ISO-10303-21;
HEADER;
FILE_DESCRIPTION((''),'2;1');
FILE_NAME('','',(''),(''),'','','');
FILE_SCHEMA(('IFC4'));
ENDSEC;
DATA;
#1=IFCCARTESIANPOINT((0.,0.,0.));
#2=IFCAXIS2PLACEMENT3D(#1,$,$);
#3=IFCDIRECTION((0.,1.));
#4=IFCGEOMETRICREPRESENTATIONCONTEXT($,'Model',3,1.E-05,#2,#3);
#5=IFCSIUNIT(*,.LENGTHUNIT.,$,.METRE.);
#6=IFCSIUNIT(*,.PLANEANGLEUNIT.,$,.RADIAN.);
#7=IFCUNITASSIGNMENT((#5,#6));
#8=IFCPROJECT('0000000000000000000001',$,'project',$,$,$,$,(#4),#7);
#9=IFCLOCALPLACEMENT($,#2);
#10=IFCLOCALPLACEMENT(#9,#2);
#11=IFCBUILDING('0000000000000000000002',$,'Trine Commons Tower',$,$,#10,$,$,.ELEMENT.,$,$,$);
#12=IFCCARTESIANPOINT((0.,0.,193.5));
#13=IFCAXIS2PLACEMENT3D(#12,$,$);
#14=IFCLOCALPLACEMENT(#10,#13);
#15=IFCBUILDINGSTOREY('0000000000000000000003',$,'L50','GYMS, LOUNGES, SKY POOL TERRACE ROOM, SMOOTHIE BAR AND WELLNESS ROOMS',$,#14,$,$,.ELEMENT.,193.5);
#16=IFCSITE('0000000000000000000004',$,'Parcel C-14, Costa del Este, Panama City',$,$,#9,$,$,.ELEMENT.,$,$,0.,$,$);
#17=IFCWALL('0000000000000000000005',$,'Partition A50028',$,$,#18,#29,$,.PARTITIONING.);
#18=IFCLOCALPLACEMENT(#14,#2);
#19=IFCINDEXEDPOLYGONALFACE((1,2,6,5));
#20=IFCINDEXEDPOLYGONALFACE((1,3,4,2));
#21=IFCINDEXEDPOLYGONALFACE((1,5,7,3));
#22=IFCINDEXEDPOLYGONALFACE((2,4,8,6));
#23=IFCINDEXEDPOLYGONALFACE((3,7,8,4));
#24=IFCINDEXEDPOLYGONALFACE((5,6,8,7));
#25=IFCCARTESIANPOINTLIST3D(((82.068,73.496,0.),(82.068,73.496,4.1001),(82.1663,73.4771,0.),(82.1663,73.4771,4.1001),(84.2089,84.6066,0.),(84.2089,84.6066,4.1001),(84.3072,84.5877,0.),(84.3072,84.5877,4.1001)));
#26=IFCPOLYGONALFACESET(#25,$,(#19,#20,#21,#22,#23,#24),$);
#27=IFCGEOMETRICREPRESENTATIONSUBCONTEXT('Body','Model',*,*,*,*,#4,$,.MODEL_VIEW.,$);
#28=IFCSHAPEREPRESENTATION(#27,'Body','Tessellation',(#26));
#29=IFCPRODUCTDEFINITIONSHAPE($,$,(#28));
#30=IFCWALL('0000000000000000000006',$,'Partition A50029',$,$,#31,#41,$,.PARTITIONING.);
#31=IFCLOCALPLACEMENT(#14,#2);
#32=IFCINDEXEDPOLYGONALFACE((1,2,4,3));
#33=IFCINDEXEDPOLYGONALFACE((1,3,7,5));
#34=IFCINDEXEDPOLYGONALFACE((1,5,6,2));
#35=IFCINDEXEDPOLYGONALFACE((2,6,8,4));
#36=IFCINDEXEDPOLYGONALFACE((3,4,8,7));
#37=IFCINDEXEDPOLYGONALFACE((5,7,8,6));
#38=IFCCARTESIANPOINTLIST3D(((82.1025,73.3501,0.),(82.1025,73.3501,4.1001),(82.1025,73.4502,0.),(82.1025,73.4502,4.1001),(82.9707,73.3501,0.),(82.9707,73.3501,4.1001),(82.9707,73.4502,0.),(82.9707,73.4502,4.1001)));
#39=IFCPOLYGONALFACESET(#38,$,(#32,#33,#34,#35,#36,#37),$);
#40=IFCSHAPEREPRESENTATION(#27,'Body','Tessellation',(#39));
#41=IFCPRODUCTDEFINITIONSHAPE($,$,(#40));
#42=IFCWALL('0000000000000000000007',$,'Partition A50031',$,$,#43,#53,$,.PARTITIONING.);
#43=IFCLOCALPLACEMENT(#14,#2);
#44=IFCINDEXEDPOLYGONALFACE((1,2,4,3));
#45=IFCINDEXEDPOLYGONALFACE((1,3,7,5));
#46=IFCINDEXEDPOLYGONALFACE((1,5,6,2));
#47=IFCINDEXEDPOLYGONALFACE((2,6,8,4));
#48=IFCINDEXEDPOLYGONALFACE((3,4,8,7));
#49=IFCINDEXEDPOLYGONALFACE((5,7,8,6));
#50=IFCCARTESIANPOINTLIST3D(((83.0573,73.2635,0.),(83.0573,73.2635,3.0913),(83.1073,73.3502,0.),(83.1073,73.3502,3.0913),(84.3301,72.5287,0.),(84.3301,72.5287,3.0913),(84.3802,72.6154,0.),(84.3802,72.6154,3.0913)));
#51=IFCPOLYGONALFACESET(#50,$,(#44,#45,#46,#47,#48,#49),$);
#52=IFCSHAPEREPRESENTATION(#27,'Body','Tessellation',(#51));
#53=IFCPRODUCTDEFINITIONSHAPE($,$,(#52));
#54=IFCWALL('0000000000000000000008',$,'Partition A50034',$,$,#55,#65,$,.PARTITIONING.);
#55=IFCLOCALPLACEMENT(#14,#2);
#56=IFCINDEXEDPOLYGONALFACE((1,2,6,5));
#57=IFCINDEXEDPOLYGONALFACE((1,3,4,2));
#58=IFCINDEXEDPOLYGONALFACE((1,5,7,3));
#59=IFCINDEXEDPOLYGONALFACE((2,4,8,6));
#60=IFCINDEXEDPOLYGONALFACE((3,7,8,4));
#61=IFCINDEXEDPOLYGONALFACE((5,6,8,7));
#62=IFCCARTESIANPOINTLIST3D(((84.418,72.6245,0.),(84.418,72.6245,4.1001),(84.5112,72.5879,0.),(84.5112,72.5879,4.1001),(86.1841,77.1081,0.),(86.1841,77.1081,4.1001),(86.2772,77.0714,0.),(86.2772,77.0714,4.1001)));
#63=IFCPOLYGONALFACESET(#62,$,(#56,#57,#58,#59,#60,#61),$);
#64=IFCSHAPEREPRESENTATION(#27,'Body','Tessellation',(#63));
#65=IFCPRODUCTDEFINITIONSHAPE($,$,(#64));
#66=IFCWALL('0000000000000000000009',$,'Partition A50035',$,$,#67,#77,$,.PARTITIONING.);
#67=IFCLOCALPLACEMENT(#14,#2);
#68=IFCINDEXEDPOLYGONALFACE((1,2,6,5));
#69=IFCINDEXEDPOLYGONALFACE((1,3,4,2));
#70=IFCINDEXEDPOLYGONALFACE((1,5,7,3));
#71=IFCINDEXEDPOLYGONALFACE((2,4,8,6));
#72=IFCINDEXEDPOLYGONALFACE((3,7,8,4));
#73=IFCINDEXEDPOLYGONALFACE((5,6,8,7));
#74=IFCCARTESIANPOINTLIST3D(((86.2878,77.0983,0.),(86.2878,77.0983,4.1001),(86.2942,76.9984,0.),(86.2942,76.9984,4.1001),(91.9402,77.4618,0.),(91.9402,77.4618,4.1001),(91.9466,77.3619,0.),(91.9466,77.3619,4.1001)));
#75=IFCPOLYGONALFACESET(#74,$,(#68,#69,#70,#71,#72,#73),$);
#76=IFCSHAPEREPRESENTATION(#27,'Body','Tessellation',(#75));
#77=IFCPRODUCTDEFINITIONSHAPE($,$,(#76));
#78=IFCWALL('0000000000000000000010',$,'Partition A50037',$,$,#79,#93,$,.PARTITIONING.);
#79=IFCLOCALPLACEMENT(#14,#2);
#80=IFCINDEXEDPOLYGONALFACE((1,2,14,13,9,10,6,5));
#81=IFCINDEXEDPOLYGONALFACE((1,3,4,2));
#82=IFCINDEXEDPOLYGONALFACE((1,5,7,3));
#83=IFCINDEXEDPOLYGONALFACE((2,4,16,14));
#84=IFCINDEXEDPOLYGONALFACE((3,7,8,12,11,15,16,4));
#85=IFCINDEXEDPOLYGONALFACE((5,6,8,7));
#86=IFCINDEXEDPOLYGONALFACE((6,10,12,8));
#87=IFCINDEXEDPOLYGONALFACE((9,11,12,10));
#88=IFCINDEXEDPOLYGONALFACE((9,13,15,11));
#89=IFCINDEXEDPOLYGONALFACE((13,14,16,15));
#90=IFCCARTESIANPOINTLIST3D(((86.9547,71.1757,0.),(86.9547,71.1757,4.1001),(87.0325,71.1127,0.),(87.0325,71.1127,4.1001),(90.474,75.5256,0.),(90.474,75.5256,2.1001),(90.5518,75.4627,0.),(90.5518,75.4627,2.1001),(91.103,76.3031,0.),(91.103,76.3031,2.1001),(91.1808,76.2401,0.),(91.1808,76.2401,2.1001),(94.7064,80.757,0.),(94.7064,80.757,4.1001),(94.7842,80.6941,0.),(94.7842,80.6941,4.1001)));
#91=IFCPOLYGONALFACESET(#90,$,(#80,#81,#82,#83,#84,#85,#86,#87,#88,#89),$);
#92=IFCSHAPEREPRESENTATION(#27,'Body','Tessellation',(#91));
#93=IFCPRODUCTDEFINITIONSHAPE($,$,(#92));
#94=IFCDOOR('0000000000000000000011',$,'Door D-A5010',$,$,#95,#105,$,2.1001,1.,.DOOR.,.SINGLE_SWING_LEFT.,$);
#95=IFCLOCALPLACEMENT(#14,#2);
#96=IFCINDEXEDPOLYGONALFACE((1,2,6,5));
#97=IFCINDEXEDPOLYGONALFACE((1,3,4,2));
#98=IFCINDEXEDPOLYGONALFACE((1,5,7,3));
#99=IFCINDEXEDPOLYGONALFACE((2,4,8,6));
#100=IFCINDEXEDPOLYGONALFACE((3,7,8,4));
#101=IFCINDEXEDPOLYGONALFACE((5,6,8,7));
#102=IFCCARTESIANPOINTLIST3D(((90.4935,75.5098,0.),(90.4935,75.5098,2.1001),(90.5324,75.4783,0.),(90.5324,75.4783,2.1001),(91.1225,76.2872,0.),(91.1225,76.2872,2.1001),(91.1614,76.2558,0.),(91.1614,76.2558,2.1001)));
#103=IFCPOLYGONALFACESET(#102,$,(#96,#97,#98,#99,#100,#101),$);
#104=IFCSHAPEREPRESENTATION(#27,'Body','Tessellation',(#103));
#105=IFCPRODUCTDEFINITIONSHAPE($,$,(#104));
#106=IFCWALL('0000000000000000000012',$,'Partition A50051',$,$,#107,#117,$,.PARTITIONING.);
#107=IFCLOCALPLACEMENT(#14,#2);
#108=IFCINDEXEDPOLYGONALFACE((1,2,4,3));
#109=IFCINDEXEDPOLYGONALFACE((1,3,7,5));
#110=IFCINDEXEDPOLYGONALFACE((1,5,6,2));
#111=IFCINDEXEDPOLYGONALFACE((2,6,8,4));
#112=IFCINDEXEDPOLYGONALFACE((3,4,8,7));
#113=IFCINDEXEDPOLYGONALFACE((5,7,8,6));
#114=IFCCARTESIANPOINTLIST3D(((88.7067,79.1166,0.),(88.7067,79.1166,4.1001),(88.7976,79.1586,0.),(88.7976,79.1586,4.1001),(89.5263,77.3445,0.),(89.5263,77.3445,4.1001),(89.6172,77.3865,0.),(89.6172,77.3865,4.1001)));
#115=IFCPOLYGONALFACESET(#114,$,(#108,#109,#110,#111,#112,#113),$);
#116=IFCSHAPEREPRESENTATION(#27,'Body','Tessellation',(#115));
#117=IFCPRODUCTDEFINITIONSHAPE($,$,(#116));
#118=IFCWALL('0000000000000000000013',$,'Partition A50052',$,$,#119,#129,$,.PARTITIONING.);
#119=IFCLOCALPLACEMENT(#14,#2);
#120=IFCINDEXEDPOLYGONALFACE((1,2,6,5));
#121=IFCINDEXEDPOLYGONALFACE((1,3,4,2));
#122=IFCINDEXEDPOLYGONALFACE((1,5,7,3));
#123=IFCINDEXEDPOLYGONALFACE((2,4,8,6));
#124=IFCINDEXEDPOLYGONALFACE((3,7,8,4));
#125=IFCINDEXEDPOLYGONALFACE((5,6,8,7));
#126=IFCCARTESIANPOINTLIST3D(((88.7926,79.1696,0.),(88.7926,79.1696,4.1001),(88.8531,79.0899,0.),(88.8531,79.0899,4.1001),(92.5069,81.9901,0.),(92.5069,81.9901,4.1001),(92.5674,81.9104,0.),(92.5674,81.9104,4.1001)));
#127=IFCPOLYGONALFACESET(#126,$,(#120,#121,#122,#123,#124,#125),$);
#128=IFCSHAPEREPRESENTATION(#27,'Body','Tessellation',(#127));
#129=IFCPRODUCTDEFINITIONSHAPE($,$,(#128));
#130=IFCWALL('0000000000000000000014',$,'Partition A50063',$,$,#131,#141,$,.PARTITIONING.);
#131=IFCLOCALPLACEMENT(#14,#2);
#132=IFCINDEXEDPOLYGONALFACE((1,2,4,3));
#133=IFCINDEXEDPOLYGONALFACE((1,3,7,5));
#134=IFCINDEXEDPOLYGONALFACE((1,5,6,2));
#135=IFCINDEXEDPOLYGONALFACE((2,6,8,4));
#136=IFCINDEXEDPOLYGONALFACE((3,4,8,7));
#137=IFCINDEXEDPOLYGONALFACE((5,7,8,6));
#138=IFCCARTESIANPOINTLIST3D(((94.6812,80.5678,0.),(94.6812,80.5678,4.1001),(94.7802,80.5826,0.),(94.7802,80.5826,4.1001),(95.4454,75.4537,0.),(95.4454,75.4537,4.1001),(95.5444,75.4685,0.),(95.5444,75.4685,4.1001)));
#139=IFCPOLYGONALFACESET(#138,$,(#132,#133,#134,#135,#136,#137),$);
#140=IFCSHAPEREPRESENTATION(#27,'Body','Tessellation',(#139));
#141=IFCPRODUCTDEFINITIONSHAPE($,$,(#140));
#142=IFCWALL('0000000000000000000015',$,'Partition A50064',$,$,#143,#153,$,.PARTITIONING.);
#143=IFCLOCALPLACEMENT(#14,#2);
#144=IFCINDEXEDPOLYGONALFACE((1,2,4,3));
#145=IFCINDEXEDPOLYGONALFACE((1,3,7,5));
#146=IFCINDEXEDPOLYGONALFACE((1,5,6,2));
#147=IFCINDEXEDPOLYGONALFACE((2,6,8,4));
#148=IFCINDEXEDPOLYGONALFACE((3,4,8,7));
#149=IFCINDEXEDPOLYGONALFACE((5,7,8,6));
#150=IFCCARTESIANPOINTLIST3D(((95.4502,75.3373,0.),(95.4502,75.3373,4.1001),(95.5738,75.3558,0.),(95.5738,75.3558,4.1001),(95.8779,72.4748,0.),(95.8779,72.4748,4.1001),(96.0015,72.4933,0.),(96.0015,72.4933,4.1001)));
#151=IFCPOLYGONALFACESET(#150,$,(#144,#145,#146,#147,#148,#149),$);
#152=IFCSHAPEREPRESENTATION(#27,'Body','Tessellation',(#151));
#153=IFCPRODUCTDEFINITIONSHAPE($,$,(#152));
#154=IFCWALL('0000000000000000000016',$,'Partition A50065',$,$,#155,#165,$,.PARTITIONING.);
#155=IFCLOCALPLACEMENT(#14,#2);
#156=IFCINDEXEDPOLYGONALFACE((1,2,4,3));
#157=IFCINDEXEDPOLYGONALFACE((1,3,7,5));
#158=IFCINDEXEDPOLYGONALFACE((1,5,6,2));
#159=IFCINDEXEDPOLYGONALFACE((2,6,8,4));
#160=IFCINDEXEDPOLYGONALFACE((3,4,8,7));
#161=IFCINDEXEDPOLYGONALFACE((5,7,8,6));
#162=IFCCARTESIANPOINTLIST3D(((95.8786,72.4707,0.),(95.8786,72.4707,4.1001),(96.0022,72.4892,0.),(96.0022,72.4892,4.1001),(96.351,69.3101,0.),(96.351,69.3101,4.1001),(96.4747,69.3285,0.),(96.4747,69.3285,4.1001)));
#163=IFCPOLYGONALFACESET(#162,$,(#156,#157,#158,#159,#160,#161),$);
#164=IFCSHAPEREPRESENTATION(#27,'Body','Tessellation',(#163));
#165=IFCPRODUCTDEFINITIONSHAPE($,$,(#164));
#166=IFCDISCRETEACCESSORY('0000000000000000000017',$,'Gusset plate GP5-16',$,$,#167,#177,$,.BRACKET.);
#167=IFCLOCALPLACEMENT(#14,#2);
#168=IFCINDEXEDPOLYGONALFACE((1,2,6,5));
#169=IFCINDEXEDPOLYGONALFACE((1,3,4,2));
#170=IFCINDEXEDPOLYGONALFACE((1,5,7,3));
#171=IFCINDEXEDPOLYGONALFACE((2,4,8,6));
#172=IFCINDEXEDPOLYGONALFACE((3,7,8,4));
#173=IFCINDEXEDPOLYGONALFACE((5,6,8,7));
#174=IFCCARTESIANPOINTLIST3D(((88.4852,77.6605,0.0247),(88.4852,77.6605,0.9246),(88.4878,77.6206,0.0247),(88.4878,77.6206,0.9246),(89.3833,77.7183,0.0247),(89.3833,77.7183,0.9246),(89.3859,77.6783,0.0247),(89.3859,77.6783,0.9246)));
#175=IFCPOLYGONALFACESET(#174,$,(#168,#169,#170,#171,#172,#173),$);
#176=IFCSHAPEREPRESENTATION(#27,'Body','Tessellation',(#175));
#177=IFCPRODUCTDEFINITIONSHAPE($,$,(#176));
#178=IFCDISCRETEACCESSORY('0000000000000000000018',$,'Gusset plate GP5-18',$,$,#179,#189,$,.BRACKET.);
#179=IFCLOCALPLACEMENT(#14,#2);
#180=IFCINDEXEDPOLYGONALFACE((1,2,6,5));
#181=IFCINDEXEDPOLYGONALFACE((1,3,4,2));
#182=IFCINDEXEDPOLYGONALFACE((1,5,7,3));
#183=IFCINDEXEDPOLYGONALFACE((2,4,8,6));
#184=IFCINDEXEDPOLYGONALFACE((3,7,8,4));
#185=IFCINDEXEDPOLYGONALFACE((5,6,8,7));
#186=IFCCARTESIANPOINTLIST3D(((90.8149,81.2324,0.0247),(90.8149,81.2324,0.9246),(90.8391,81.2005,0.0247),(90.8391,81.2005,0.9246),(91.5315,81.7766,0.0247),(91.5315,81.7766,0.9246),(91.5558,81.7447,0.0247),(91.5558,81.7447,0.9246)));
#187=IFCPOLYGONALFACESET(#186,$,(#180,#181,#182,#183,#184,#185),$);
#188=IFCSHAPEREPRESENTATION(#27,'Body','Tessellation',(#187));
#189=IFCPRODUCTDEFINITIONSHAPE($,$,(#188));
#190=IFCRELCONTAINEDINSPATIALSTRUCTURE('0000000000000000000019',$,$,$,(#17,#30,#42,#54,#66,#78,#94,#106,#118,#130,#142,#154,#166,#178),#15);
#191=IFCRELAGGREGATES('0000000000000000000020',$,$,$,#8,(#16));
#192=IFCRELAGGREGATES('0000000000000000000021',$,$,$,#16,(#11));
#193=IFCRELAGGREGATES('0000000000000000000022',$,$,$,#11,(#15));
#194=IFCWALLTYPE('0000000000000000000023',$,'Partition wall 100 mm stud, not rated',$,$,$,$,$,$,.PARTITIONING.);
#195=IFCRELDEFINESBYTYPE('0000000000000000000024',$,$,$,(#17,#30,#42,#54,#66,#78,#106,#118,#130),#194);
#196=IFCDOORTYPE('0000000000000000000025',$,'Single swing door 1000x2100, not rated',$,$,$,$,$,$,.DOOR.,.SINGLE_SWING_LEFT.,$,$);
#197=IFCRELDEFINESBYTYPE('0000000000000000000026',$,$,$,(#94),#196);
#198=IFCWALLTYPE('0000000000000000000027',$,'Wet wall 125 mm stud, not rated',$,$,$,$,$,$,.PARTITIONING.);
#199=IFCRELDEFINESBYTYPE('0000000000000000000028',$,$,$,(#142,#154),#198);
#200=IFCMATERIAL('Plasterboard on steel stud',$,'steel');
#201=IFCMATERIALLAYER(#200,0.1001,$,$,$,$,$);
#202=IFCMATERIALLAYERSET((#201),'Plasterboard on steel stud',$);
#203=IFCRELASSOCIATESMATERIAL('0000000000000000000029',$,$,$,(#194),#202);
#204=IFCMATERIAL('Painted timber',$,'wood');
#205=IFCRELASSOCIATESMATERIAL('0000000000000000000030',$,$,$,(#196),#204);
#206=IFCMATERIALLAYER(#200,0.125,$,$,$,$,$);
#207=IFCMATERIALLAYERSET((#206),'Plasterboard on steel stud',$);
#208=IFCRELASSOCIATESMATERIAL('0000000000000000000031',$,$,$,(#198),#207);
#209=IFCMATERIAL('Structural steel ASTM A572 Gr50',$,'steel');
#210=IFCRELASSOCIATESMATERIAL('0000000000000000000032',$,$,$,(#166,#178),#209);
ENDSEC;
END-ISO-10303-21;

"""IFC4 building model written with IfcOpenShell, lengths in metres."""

from ifc_helpers import new_model, si_unit, direction, frame, frame_2d, origin, origin_2d, place, context, subcontext, project, spatial, rectangle, extrude, material, layer, layer_set, type_object, element, fill, save


model = new_model("IFC4")

# Units and contexts
model_context = context("Model", 3, precision=1e-05, world=origin(), true_north=direction((0.0, 1.0)))
body_context = subcontext(model_context, "Body", "Model", "MODEL_VIEW")
ifc_project = project(units=[si_unit("LENGTHUNIT", "METRE"), si_unit("PLANEANGLEUNIT", "RADIAN")], contexts=[model_context])

# Site, building, storey
site_placement = place(None, origin())
site = spatial("IfcSite", under=ifc_project, at=site_placement, Name="Parcel C-14, Costa del Este, Panama City", CompositionType="ELEMENT", RefElevation=0.0)
building_placement = place(site_placement, origin())
building = spatial("IfcBuilding", under=site, at=building_placement, Name="Trine Commons Tower", CompositionType="ELEMENT")
storey_placement = place(building_placement, frame((0.0, 0.0, 193.5)))
storey = spatial("IfcBuildingStorey", under=building, at=storey_placement, Name="L50", Description="GYMS, LOUNGES, SKY POOL TERRACE ROOM, SMOOTHIE BAR AND WELLNESS ROOMS", CompositionType="ELEMENT", Elevation=193.5)

# Walls
ifc_material_1 = material(Name="Plasterboard on steel stud", Category="steel")
ifc_layer_1 = layer(ifc_material_1, 0.1001)
ifc_layer_set_1 = layer_set([ifc_layer_1], Name="Plasterboard on steel stud")
wall_type_1 = type_object("IfcWallType", Name="Partition wall 100 mm stud, not rated", PredefinedType="PARTITIONING", material=ifc_layer_set_1)
wall_1_placement = place(storey_placement, frame((82.1172, 73.4866, 0.0), z_axis=(0.0, 0.0, 1.0), x_axis=(0.189207, 0.981937, 0.0)))
element("IfcWall", 1, at=wall_1_placement, inside=storey, type_object=wall_type_1, Name="Partition A50028", PredefinedType="PARTITIONING", context=body_context, shape_type="SweptSolid", body=[
    extrude(rectangle(XDim=11.3149, YDim=0.1001, at=frame_2d((5.6575, 0.0))), origin(), (0.0, 0.0, 1.0), 4.1001),
])
wall_2_placement = place(storey_placement, frame((82.1025, 73.4001, 0.0), z_axis=(0.0, 0.0, 1.0), x_axis=(1.0, 0.0, 0.0)))
element("IfcWall", 2, at=wall_2_placement, inside=storey, type_object=wall_type_1, Name="Partition A50029", PredefinedType="PARTITIONING", context=body_context, shape_type="SweptSolid", body=[
    extrude(rectangle(XDim=0.8682, YDim=0.1001, at=frame_2d((0.4341, 0.0))), origin(), (0.0, 0.0, 1.0), 4.1001),
])
wall_3_placement = place(storey_placement, frame((83.0823, 73.3069, 0.0), z_axis=(0.0, 0.0, 1.0), x_axis=(0.866047, -0.499962, 0.0)))
element("IfcWall", 3, at=wall_3_placement, inside=storey, type_object=wall_type_1, Name="Partition A50031", PredefinedType="PARTITIONING", context=body_context, shape_type="SweptSolid", body=[
    extrude(rectangle(XDim=1.4697, YDim=0.1001, at=frame_2d((0.7349, 0.0))), origin(), (0.0, 0.0, 1.0), 3.0913),
])
wall_4_placement = place(storey_placement, frame((84.4646, 72.6062, 0.0), z_axis=(0.0, 0.0, 1.0), x_axis=(0.366494, 0.93042, 0.0)))
element("IfcWall", 4, at=wall_4_placement, inside=storey, type_object=wall_type_1, Name="Partition A50034", PredefinedType="PARTITIONING", context=body_context, shape_type="SweptSolid", body=[
    extrude(rectangle(XDim=4.8188, YDim=0.1001, at=frame_2d((2.4094, 0.0))), origin(), (0.0, 0.0, 1.0), 4.1001),
])
wall_5_placement = place(storey_placement, frame((86.291, 77.0483, 0.0), z_axis=(0.0, 0.0, 1.0), x_axis=(0.997938, 0.064181, 0.0)))
element("IfcWall", 5, at=wall_5_placement, inside=storey, type_object=wall_type_1, Name="Partition A50035", PredefinedType="PARTITIONING", context=body_context, shape_type="SweptSolid", body=[
    extrude(rectangle(XDim=5.6641, YDim=0.1001, at=frame_2d((2.832, 0.0))), origin(), (0.0, 0.0, 1.0), 4.1001),
])

# Wall, opening, door
wall_6_placement = place(storey_placement, frame((86.9937, 71.1443, 0.0), z_axis=(0.0, 0.0, 1.0), x_axis=(0.628974, 0.777427, 0.0)))
wall_6 = element("IfcWall", 6, at=wall_6_placement, inside=storey, type_object=wall_type_1, Name="Partition A50037", PredefinedType="PARTITIONING", context=body_context, shape_type="SweptSolid", body=[
    extrude(rectangle(XDim=12.3245, YDim=0.1001, at=frame_2d((6.1621, 0.0))), origin(), (0.0, 0.0, 1.0), 4.1001),
])
opening_placement = place(wall_6_placement, frame((5.5952, 0.0, 0.0)))
opening = element("IfcOpeningElement", 7, at=opening_placement, cuts=wall_6, PredefinedType="OPENING", context=body_context, shape_type="SweptSolid", body=[
    extrude(rectangle(XDim=1.0, YDim=2.1001, at=frame_2d((0.5, 1.05))), frame((0.0, 0.0601, 0.0), z_axis=(0.0, -1.0, 0.0), x_axis=(1.0, 0.0, 0.0)), (0.0, 0.0, 1.0), 0.1201),
])
ifc_material_2 = material(Name="Painted timber", Category="wood")
door_type = type_object("IfcDoorType", Name="Single swing door 1000x2100, not rated", OperationType="SINGLE_SWING_LEFT", PredefinedType="DOOR", material=ifc_material_2)
door_placement = place(opening_placement, origin())
door = element("IfcDoor", 8, at=door_placement, inside=storey, type_object=door_type, Name="Door D-A5010", OperationType="SINGLE_SWING_LEFT", OverallHeight=2.1001, OverallWidth=1.0, PredefinedType="DOOR", context=body_context, shape_type="SweptSolid", body=[
    extrude(rectangle(XDim=1.0, YDim=2.1001, at=frame_2d((0.5, 1.05))), frame((0.0, 0.0249, 0.0), z_axis=(0.0, -1.0, 0.0), x_axis=(1.0, 0.0, 0.0)), (0.0, 0.0, 1.0), 0.05),
])
fill(opening, door)

# Walls
wall_7_placement = place(storey_placement, frame((88.7522, 79.1375, 0.0), z_axis=(0.0, 0.0, 1.0), x_axis=(0.419796, -0.907619, 0.0)))
element("IfcWall", 9, at=wall_7_placement, inside=storey, type_object=wall_type_1, Name="Partition A50051", PredefinedType="PARTITIONING", context=body_context, shape_type="SweptSolid", body=[
    extrude(rectangle(XDim=1.9524, YDim=0.1001, at=frame_2d((0.9761, 0.0))), origin(), (0.0, 0.0, 1.0), 4.1001),
])
wall_8_placement = place(storey_placement, frame((88.8228, 79.1296, 0.0), z_axis=(0.0, 0.0, 1.0), x_axis=(0.796405, 0.604763, 0.0)))
element("IfcWall", 10, at=wall_8_placement, inside=storey, type_object=wall_type_1, Name="Partition A50052", PredefinedType="PARTITIONING", context=body_context, shape_type="SweptSolid", body=[
    extrude(rectangle(XDim=4.6638, YDim=0.1001, at=frame_2d((2.332, 0.0))), origin(), (0.0, 0.0, 1.0), 4.1001),
])
wall_9_placement = place(storey_placement, frame((94.7307, 80.5752, 0.0), z_axis=(0.0, 0.0, 1.0), x_axis=(0.147784, -0.98902, 0.0)))
element("IfcWall", 11, at=wall_9_placement, inside=storey, type_object=wall_type_1, Name="Partition A50063", PredefinedType="PARTITIONING", context=body_context, shape_type="SweptSolid", body=[
    extrude(rectangle(XDim=5.1709, YDim=0.1001, at=frame_2d((2.5854, 0.0))), origin(), (0.0, 0.0, 1.0), 4.1001),
])
ifc_layer_2 = layer(ifc_material_1, 0.125)
ifc_layer_set_2 = layer_set([ifc_layer_2], Name="Plasterboard on steel stud")
wall_type_2 = type_object("IfcWallType", Name="Wet wall 125 mm stud, not rated", PredefinedType="PARTITIONING", material=ifc_layer_set_2)
wall_10_placement = place(storey_placement, frame((95.512, 75.3467, 0.0), z_axis=(0.0, 0.0, 1.0), x_axis=(0.147784, -0.98902, 0.0)))
element("IfcWall", 12, at=wall_10_placement, inside=storey, type_object=wall_type_2, Name="Partition A50064", PredefinedType="PARTITIONING", context=body_context, shape_type="SweptSolid", body=[
    extrude(rectangle(XDim=2.8943, YDim=0.125, at=frame_2d((1.4473, 0.0))), origin(), (0.0, 0.0, 1.0), 4.1001),
])
wall_11_placement = place(storey_placement, frame((95.9404, 72.48, 0.0), z_axis=(0.0, 0.0, 1.0), x_axis=(0.147825, -0.989014, 0.0)))
element("IfcWall", 13, at=wall_11_placement, inside=storey, type_object=wall_type_2, Name="Partition A50065", PredefinedType="PARTITIONING", context=body_context, shape_type="SweptSolid", body=[
    extrude(rectangle(XDim=3.1958, YDim=0.125, at=frame_2d((1.5979, 0.0))), origin(), (0.0, 0.0, 1.0), 4.1001),
])

# Discrete accessories
ifc_material_3 = material(Name="Structural steel ASTM A572 Gr50", Category="steel")
for number, where, z_axis, x_axis, name in (
    (14, (88.9355, 77.6694, 0.0247), (0.0, 0.0, 1.0), (-0.997939, -0.064167, 0.0), "Gusset plate GP5-16"),
    (15, (91.1853, 81.4885, 0.0247), (0.0, 0.0, 1.0), (-0.796403, -0.604766, 0.0), "Gusset plate GP5-18"),
):
    element("IfcDiscreteAccessory", number, at=place(storey_placement, frame(where, z_axis=z_axis, x_axis=x_axis)), inside=storey, material=ifc_material_3, Name=name, PredefinedType="BRACKET", context=body_context, shape_type="SweptSolid", body=[
        extrude(rectangle(XDim=0.8999, YDim=0.04, at=origin_2d()), origin(), (0.0, 0.0, 1.0), 0.8999),
    ])

save(model, "model.ifc")
